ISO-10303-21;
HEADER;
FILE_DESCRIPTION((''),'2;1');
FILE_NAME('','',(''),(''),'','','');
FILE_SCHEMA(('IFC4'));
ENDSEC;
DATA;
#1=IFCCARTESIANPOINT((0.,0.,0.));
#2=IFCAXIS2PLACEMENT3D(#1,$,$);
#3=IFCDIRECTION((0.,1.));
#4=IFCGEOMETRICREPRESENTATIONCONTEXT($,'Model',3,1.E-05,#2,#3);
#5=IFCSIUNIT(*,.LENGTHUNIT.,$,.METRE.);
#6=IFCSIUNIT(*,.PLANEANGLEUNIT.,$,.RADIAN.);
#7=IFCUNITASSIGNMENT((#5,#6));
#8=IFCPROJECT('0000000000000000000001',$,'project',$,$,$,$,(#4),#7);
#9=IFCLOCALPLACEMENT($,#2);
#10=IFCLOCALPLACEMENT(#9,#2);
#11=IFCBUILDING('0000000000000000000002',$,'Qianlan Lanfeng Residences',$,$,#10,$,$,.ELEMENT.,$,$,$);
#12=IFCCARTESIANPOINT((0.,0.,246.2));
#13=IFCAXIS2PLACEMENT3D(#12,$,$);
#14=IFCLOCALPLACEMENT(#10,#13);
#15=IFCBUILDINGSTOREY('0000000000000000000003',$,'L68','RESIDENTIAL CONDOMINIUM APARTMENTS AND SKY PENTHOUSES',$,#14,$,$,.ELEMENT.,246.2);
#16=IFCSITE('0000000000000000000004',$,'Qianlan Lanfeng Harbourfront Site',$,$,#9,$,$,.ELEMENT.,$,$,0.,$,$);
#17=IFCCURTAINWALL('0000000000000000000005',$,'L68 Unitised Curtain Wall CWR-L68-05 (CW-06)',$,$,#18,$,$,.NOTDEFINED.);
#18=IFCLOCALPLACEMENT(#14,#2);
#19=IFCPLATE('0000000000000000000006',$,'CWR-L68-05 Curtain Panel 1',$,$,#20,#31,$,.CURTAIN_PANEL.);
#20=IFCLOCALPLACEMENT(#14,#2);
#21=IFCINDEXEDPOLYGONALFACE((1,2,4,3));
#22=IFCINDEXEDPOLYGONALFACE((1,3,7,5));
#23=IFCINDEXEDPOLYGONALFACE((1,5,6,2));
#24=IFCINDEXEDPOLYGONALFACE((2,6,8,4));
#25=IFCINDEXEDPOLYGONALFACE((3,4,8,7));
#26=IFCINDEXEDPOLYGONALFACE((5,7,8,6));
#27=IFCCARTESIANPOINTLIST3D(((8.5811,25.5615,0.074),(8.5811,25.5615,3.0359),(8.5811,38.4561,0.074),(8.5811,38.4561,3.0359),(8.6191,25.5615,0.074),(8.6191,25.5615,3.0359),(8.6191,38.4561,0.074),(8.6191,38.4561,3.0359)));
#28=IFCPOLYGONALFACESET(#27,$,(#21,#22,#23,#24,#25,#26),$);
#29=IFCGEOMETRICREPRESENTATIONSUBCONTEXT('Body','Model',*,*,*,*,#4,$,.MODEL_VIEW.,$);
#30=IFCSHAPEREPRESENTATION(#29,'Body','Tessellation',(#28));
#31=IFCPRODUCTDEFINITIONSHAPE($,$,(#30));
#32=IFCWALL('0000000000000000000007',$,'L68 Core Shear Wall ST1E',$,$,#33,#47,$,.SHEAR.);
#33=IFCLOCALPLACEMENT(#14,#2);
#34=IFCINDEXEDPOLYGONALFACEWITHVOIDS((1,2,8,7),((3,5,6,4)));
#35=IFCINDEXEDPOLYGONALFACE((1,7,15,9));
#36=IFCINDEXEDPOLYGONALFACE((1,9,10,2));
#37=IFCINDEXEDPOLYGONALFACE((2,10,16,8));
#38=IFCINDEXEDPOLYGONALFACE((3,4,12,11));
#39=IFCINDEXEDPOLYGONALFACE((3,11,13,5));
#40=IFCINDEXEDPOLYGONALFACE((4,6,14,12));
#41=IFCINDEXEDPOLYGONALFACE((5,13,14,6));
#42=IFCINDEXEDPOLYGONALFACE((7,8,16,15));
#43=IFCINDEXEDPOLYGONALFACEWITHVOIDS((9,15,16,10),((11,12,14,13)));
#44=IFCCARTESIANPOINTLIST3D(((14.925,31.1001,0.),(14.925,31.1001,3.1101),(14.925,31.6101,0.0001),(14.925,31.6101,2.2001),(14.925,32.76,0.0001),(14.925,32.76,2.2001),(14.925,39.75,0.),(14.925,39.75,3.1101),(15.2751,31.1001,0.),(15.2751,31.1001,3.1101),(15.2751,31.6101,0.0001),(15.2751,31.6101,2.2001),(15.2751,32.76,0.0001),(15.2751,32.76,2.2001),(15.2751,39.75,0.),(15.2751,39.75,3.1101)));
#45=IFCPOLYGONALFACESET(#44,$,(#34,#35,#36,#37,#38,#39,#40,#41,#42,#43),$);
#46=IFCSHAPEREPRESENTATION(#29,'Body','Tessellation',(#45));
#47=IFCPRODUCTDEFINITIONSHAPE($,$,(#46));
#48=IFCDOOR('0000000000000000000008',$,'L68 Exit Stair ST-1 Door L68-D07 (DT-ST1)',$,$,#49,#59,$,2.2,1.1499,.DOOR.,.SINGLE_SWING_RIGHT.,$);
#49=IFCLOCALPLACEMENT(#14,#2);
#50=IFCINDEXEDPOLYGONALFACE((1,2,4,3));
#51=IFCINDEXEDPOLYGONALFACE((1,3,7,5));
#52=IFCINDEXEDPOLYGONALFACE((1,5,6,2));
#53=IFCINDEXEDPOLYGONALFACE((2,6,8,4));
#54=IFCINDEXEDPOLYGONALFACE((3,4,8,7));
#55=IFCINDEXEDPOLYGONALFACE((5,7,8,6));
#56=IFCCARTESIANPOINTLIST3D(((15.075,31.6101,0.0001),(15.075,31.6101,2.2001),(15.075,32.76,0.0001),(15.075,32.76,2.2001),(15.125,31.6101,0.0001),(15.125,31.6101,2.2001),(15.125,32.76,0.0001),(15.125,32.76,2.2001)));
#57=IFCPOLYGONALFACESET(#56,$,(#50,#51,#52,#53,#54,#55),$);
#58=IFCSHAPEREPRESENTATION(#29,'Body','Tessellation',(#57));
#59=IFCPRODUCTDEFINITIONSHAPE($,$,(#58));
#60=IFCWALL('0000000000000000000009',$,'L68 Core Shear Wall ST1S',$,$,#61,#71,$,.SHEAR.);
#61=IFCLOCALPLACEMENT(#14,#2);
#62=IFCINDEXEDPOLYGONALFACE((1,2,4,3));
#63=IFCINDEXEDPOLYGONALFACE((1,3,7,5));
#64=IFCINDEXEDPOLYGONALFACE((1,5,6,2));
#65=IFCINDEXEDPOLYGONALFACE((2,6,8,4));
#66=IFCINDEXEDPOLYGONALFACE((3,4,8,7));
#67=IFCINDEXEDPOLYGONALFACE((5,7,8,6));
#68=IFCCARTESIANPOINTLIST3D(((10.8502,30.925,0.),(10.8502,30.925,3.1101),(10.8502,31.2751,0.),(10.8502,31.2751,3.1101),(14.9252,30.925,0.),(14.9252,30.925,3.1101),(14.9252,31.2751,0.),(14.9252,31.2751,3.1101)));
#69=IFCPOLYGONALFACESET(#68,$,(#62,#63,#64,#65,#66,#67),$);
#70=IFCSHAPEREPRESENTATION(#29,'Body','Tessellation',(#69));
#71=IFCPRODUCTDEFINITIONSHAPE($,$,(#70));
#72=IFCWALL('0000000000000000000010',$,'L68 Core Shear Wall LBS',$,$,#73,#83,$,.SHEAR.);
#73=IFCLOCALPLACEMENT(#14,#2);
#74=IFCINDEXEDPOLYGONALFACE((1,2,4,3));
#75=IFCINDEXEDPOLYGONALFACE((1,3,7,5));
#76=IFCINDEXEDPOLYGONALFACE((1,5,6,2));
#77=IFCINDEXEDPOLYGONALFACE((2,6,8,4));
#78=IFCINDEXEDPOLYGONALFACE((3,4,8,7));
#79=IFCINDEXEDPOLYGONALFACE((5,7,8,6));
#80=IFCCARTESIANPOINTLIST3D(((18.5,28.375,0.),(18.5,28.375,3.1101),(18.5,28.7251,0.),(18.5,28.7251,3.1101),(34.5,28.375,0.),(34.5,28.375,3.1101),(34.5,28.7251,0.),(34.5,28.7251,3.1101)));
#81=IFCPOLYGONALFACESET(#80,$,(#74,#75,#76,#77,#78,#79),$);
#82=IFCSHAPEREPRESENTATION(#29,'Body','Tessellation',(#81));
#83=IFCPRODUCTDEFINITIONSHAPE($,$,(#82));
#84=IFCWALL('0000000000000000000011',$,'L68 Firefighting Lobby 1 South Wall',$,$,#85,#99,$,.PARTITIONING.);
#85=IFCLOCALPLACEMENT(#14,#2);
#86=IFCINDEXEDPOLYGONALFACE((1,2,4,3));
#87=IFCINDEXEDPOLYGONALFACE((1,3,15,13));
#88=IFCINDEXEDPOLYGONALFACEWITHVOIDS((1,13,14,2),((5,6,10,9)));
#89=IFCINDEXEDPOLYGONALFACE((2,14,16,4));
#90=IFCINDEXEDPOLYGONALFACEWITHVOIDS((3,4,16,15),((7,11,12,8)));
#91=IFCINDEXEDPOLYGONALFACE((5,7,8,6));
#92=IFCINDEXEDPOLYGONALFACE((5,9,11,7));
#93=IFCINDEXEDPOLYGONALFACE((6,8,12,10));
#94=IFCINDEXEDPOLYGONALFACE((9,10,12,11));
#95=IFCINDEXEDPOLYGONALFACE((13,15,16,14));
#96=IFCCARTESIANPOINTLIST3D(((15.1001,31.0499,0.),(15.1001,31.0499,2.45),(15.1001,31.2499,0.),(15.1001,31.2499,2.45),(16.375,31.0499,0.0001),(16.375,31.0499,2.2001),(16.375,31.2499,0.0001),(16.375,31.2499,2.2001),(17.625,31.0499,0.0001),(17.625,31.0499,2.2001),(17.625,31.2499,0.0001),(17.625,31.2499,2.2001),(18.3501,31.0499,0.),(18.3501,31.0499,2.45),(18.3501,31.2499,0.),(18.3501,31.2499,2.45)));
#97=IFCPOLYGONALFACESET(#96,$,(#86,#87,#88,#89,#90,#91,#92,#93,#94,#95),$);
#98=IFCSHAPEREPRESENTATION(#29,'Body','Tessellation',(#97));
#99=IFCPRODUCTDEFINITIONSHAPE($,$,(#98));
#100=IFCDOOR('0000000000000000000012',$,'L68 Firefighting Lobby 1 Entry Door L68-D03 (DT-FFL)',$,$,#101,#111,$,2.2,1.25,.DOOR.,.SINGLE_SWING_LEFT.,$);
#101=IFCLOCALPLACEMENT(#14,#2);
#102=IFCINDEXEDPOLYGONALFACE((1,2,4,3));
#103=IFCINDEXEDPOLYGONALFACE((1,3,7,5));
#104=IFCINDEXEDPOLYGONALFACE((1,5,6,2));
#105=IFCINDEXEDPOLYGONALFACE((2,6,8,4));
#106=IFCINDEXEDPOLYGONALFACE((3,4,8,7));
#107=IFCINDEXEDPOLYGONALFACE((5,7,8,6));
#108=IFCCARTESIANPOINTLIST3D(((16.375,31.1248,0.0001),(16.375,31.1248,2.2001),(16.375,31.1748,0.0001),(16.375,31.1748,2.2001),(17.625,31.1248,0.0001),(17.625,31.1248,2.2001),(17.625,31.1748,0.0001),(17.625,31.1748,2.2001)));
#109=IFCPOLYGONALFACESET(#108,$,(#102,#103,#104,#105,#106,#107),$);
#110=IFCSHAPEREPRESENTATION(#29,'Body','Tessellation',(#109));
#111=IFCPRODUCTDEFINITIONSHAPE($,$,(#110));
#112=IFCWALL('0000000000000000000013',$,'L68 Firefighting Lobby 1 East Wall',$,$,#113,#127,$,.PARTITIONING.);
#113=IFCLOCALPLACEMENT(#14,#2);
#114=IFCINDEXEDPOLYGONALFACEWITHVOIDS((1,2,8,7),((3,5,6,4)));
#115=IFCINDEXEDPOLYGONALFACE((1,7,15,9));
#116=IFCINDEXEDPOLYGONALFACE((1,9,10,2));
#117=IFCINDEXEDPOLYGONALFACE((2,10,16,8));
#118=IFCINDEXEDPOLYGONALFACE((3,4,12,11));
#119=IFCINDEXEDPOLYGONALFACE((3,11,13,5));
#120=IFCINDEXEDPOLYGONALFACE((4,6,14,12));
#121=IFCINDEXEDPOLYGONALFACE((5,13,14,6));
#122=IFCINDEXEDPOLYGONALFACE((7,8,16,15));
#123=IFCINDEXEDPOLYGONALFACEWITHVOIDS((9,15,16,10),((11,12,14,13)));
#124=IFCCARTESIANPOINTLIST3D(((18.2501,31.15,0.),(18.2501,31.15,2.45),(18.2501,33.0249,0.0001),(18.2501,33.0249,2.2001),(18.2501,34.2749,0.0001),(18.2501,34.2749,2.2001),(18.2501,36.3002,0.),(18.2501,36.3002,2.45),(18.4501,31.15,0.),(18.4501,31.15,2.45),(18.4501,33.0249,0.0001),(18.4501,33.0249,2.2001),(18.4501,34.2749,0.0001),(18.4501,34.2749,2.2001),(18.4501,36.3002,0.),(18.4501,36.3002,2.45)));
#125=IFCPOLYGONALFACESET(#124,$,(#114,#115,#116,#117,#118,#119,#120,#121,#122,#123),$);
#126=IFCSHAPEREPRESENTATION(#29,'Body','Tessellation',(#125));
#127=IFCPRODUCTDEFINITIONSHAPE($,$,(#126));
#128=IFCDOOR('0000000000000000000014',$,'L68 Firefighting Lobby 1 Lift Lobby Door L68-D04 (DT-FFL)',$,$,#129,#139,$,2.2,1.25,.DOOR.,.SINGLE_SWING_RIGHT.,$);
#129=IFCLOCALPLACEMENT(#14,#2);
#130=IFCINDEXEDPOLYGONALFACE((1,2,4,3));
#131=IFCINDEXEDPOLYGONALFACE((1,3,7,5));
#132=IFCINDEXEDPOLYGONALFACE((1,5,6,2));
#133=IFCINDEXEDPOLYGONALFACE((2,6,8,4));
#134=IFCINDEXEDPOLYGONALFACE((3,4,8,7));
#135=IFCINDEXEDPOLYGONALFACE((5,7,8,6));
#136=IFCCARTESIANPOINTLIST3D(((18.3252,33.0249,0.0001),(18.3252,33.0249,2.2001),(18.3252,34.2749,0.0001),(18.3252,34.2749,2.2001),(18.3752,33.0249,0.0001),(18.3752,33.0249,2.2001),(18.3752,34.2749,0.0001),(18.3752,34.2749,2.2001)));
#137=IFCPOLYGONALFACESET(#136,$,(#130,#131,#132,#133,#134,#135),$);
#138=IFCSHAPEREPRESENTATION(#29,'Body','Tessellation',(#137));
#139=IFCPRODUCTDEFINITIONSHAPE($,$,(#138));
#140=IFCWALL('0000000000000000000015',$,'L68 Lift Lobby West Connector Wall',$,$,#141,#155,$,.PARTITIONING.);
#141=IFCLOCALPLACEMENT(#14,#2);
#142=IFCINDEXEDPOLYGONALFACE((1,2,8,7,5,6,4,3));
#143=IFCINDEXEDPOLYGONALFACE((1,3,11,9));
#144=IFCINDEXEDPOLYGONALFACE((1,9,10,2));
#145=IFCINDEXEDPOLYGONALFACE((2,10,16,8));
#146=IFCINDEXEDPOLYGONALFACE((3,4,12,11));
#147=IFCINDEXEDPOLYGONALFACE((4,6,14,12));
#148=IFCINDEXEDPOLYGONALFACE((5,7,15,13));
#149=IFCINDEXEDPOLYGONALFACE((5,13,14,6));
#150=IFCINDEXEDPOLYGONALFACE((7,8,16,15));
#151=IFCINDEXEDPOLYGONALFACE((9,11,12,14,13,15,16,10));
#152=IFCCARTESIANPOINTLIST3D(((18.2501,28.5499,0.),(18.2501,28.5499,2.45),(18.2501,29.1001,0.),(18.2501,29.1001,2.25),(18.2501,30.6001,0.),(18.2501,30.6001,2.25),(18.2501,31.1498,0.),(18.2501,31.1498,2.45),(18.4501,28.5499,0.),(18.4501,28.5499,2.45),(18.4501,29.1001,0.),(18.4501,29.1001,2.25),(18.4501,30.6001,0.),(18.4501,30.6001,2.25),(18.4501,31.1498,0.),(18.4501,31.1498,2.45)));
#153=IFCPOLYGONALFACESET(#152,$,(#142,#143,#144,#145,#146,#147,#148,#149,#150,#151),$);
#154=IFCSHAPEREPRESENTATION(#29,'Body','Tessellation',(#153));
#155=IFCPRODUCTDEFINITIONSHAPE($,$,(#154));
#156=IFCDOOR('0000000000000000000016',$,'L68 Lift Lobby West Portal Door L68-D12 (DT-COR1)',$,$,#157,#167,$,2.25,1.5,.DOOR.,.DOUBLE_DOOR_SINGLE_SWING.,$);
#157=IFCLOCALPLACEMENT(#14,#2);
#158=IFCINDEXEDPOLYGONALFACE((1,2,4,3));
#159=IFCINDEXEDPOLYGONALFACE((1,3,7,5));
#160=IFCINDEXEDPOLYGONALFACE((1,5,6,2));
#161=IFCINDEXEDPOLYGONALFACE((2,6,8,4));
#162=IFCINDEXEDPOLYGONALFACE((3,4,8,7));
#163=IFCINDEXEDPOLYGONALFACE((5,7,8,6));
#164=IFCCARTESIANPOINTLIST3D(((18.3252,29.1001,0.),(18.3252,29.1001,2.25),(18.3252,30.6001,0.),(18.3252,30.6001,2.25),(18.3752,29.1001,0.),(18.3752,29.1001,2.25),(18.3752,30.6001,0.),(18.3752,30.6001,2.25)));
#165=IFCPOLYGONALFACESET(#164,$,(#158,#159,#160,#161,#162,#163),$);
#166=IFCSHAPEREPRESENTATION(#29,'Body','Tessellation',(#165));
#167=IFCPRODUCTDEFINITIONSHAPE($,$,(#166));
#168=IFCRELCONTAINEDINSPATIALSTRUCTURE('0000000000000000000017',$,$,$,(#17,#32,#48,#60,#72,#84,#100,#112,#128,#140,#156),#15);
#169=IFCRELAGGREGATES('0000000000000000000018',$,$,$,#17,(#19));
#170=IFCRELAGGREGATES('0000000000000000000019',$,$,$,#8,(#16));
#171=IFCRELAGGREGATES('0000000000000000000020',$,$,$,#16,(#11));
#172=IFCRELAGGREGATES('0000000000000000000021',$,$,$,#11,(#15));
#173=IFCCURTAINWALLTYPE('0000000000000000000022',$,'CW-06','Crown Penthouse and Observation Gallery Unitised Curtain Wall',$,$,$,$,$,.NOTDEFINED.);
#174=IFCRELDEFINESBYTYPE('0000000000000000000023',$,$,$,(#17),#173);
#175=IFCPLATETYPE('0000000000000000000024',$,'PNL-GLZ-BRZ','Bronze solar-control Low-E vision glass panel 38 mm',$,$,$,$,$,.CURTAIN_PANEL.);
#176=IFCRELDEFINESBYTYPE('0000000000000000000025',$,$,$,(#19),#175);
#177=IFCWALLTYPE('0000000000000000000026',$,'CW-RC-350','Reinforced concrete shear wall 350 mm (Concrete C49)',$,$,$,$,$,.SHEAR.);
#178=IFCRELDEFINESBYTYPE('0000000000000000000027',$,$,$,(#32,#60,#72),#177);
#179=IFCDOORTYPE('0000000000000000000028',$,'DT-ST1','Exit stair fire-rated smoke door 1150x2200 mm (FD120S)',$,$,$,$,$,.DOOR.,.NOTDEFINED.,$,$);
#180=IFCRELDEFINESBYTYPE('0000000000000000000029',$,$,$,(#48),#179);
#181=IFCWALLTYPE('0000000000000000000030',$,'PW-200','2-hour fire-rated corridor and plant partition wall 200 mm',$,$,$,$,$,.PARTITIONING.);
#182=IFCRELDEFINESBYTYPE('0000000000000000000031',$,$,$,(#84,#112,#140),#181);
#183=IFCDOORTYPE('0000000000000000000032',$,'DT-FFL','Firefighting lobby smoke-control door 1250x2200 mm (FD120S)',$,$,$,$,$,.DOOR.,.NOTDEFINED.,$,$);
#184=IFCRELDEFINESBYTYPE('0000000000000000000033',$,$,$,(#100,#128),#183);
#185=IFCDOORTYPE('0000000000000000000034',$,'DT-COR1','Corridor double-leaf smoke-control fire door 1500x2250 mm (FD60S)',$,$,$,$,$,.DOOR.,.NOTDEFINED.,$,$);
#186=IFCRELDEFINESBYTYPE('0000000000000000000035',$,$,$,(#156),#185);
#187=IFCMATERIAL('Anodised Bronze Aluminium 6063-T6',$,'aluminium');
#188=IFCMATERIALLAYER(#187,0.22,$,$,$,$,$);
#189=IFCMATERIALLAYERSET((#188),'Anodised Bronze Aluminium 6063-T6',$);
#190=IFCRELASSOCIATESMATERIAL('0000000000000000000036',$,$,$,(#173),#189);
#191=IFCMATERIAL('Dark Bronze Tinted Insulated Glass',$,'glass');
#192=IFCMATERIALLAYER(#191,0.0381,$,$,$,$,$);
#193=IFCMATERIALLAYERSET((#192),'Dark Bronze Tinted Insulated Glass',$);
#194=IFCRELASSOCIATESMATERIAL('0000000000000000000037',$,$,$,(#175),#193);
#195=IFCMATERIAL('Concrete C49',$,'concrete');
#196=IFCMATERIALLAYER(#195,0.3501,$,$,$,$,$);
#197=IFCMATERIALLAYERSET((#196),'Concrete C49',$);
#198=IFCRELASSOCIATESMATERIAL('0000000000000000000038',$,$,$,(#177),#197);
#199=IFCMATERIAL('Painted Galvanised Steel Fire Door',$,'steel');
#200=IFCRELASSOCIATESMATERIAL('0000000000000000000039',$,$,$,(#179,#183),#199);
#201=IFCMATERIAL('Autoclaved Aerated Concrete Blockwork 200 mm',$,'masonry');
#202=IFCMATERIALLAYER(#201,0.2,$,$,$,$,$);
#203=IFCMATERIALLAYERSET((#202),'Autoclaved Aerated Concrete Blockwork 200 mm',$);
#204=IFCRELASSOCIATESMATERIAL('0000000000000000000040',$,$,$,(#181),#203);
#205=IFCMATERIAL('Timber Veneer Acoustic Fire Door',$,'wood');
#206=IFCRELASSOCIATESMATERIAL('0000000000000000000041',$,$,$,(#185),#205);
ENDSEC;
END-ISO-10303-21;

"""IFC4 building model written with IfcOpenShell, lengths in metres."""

from ifc_helpers import new_model, si_unit, direction, frame, frame_2d, origin, origin_2d, place, context, subcontext, project, spatial, rectangle, extrude, source, transform, mapped, material, layer, layer_set, type_object, element, fill, aggregate, save


model = new_model("IFC4")

# Units and contexts
model_context = context("Model", 3, precision=1e-05, world=origin(), true_north=direction((0.0, 1.0)))
body_context = subcontext(model_context, "Body", "Model", "MODEL_VIEW")
ifc_project = project(units=[si_unit("LENGTHUNIT", "METRE"), si_unit("PLANEANGLEUNIT", "RADIAN")], contexts=[model_context])

# Site, building, storey
site_placement = place(None, origin())
site = spatial("IfcSite", under=ifc_project, at=site_placement, Name="Qianlan Lanfeng Harbourfront Site", CompositionType="ELEMENT", RefElevation=0.0)
building_placement = place(site_placement, origin())
building = spatial("IfcBuilding", under=site, at=building_placement, Name="Qianlan Lanfeng Residences", CompositionType="ELEMENT")
storey_placement = place(building_placement, frame((0.0, 0.0, 246.2)))
storey = spatial("IfcBuildingStorey", under=building, at=storey_placement, Name="L68", Description="RESIDENTIAL CONDOMINIUM APARTMENTS AND SKY PENTHOUSES", CompositionType="ELEMENT", Elevation=246.2)

# Curtain wall, plate
ifc_material_1 = material(Name="Anodised Bronze Aluminium 6063-T6", Category="aluminium")
ifc_layer_1 = layer(ifc_material_1, 0.22)
ifc_layer_set_1 = layer_set([ifc_layer_1], Name="Anodised Bronze Aluminium 6063-T6")
curtain_wall_type = type_object("IfcCurtainWallType", Name="CW-06", Description="Crown Penthouse and Observation Gallery Unitised Curtain Wall", PredefinedType="NOTDEFINED", material=ifc_layer_set_1)
curtain_wall_placement = place(storey_placement, origin())
curtain_wall = element("IfcCurtainWall", 1, at=curtain_wall_placement, inside=storey, type_object=curtain_wall_type, Name="L68 Unitised Curtain Wall CWR-L68-05 (CW-06)", PredefinedType="NOTDEFINED")
ifc_material_2 = material(Name="Dark Bronze Tinted Insulated Glass", Category="glass")
ifc_layer_2 = layer(ifc_material_2, 0.0381)
ifc_layer_set_2 = layer_set([ifc_layer_2], Name="Dark Bronze Tinted Insulated Glass")
plate_type = type_object("IfcPlateType", Name="PNL-GLZ-BRZ", Description="Bronze solar-control Low-E vision glass panel 38 mm", PredefinedType="CURTAIN_PANEL", material=ifc_layer_set_2)
shared_shape_1 = source(origin(), body_context, "Body", "SweptSolid", [
    extrude(rectangle(XDim=12.8945, YDim=0.0381, at=origin_2d()), origin(), (0.0, 0.0, 1.0), 2.9619),
])
plate_placement = place(storey_placement, frame((8.6001, 32.0088, 0.074), z_axis=(0.0, 0.0, 1.0), x_axis=(0.0, -1.0, 0.0)))
plate = element("IfcPlate", 2, at=plate_placement, type_object=plate_type, Name="CWR-L68-05 Curtain Panel 1", PredefinedType="CURTAIN_PANEL", context=body_context, shape_type="MappedRepresentation", body=[
    mapped(shared_shape_1, transform((0.0, 0.0, 0.0), scale=1.0)),
])
aggregate(curtain_wall, [plate])

# Wall, opening, door
ifc_material_3 = material(Name="Concrete C49", Category="concrete")
ifc_layer_3 = layer(ifc_material_3, 0.3501)
ifc_layer_set_3 = layer_set([ifc_layer_3], Name="Concrete C49")
wall_type_1 = type_object("IfcWallType", Name="CW-RC-350", Description="Reinforced concrete shear wall 350 mm (Concrete C49)", PredefinedType="SHEAR", material=ifc_layer_set_3)
wall_1_placement = place(storey_placement, frame((15.1001, 31.1001, 0.0), z_axis=(0.0, 0.0, 1.0), x_axis=(0.0, 1.0, 0.0)))
wall_1 = element("IfcWall", 3, at=wall_1_placement, inside=storey, type_object=wall_type_1, Name="L68 Core Shear Wall ST1E", PredefinedType="SHEAR", context=body_context, shape_type="SweptSolid", body=[
    extrude(rectangle(XDim=8.6499, YDim=0.3501, at=frame_2d((4.325, 0.0))), origin(), (0.0, 0.0, 1.0), 3.1101),
])
opening_1_placement = place(wall_1_placement, frame((0.51, 0.0, 0.0)))
opening_1 = element("IfcOpeningElement", 4, at=opening_1_placement, cuts=wall_1, PredefinedType="OPENING", context=body_context, shape_type="SweptSolid", body=[
    extrude(rectangle(XDim=1.1499, YDim=2.2, at=frame_2d((0.575, 1.1001))), frame((0.0, 0.1851, 0.0), z_axis=(0.0, -1.0, 0.0), x_axis=(1.0, 0.0, 0.0)), (0.0, 0.0, 1.0), 0.3701),
])
ifc_material_4 = material(Name="Painted Galvanised Steel Fire Door", Category="steel")
door_type_1 = type_object("IfcDoorType", Name="DT-ST1", Description="Exit stair fire-rated smoke door 1150x2200 mm (FD120S)", OperationType="NOTDEFINED", PredefinedType="DOOR", material=ifc_material_4)
door_1_placement = place(opening_1_placement, frame((1.1499, 0.0, 0.0), z_axis=(0.0, 0.0, 1.0), x_axis=(-1.0, 0.0, 0.0)))
door_1 = element("IfcDoor", 5, at=door_1_placement, inside=storey, type_object=door_type_1, Name="L68 Exit Stair ST-1 Door L68-D07 (DT-ST1)", OperationType="SINGLE_SWING_RIGHT", OverallHeight=2.2, OverallWidth=1.1499, PredefinedType="DOOR", context=body_context, shape_type="SweptSolid", body=[
    extrude(rectangle(XDim=1.1499, YDim=2.2, at=frame_2d((0.575, 1.1001))), frame((0.0, 0.0249, 0.0), z_axis=(0.0, -1.0, 0.0), x_axis=(1.0, 0.0, 0.0)), (0.0, 0.0, 1.0), 0.05),
])
fill(opening_1, door_1)

# Walls
wall_2_placement = place(storey_placement, frame((10.8501, 31.1001, 0.0), z_axis=(0.0, 0.0, 1.0), x_axis=(1.0, 0.0, 0.0)))
element("IfcWall", 6, at=wall_2_placement, inside=storey, type_object=wall_type_1, Name="L68 Core Shear Wall ST1S", PredefinedType="SHEAR", context=body_context, shape_type="SweptSolid", body=[
    extrude(rectangle(XDim=4.075, YDim=0.3501, at=frame_2d((2.0376, 0.0))), origin(), (0.0, 0.0, 1.0), 3.1101),
])
wall_3_placement = place(storey_placement, frame((18.5, 28.55, 0.0), z_axis=(0.0, 0.0, 1.0), x_axis=(1.0, 0.0, 0.0)))
element("IfcWall", 7, at=wall_3_placement, inside=storey, type_object=wall_type_1, Name="L68 Core Shear Wall LBS", PredefinedType="SHEAR", context=body_context, shape_type="SweptSolid", body=[
    extrude(rectangle(XDim=16.0, YDim=0.3501, at=frame_2d((8.0, 0.0))), origin(), (0.0, 0.0, 1.0), 3.1101),
])

# Walls, openings, doors
ifc_material_5 = material(Name="Autoclaved Aerated Concrete Blockwork 200 mm", Category="masonry")
ifc_layer_4 = layer(ifc_material_5, 0.2)
ifc_layer_set_4 = layer_set([ifc_layer_4], Name="Autoclaved Aerated Concrete Blockwork 200 mm")
wall_type_2 = type_object("IfcWallType", Name="PW-200", Description="2-hour fire-rated corridor and plant partition wall 200 mm", PredefinedType="PARTITIONING", material=ifc_layer_set_4)
wall_4_placement = place(storey_placement, frame((15.1001, 31.1499, 0.0), z_axis=(0.0, 0.0, 1.0), x_axis=(1.0, 0.0, 0.0)))
wall_4 = element("IfcWall", 8, at=wall_4_placement, inside=storey, type_object=wall_type_2, Name="L68 Firefighting Lobby 1 South Wall", PredefinedType="PARTITIONING", context=body_context, shape_type="SweptSolid", body=[
    extrude(rectangle(XDim=3.25, YDim=0.2, at=frame_2d((1.625, 0.0))), origin(), (0.0, 0.0, 1.0), 2.45),
])
opening_2_placement = place(wall_4_placement, frame((1.2749, 0.0, 0.0)))
opening_2 = element("IfcOpeningElement", 9, at=opening_2_placement, cuts=wall_4, PredefinedType="OPENING", context=body_context, shape_type="SweptSolid", body=[
    extrude(rectangle(XDim=1.25, YDim=2.2, at=frame_2d((0.625, 1.1001))), frame((0.0, 0.1099, 0.0), z_axis=(0.0, -1.0, 0.0), x_axis=(1.0, 0.0, 0.0)), (0.0, 0.0, 1.0), 0.22),
])
door_type_2 = type_object("IfcDoorType", Name="DT-FFL", Description="Firefighting lobby smoke-control door 1250x2200 mm (FD120S)", OperationType="NOTDEFINED", PredefinedType="DOOR", material=ifc_material_4)
door_2_placement = place(opening_2_placement, origin())
door_2 = element("IfcDoor", 10, at=door_2_placement, inside=storey, type_object=door_type_2, Name="L68 Firefighting Lobby 1 Entry Door L68-D03 (DT-FFL)", OperationType="SINGLE_SWING_LEFT", OverallHeight=2.2, OverallWidth=1.25, PredefinedType="DOOR", context=body_context, shape_type="SweptSolid", body=[
    extrude(rectangle(XDim=1.25, YDim=2.2, at=frame_2d((0.625, 1.1001))), frame((0.0, 0.0249, 0.0), z_axis=(0.0, -1.0, 0.0), x_axis=(1.0, 0.0, 0.0)), (0.0, 0.0, 1.0), 0.05),
])
fill(opening_2, door_2)
wall_5_placement = place(storey_placement, frame((18.3501, 31.1499, 0.0), z_axis=(0.0, 0.0, 1.0), x_axis=(0.0, 1.0, 0.0)))
wall_5 = element("IfcWall", 11, at=wall_5_placement, inside=storey, type_object=wall_type_2, Name="L68 Firefighting Lobby 1 East Wall", PredefinedType="PARTITIONING", context=body_context, shape_type="SweptSolid", body=[
    extrude(rectangle(XDim=5.1501, YDim=0.2, at=frame_2d((2.5752, 0.0))), origin(), (0.0, 0.0, 1.0), 2.45),
])
opening_3_placement = place(wall_5_placement, frame((1.875, 0.0, 0.0)))
opening_3 = element("IfcOpeningElement", 12, at=opening_3_placement, cuts=wall_5, PredefinedType="OPENING", context=body_context, shape_type="SweptSolid", body=[
    extrude(rectangle(XDim=1.25, YDim=2.2, at=frame_2d((0.625, 1.1001))), frame((0.0, 0.1099, 0.0), z_axis=(0.0, -1.0, 0.0), x_axis=(1.0, 0.0, 0.0)), (0.0, 0.0, 1.0), 0.22),
])
door_3_placement = place(opening_3_placement, origin())
door_3 = element("IfcDoor", 13, at=door_3_placement, inside=storey, type_object=door_type_2, Name="L68 Firefighting Lobby 1 Lift Lobby Door L68-D04 (DT-FFL)", OperationType="SINGLE_SWING_RIGHT", OverallHeight=2.2, OverallWidth=1.25, PredefinedType="DOOR", context=body_context, shape_type="SweptSolid", body=[
    extrude(rectangle(XDim=1.25, YDim=2.2, at=frame_2d((0.625, 1.1001))), frame((0.0, 0.0249, 0.0), z_axis=(0.0, -1.0, 0.0), x_axis=(1.0, 0.0, 0.0)), (0.0, 0.0, 1.0), 0.05),
])
fill(opening_3, door_3)
wall_6_placement = place(storey_placement, frame((18.3501, 28.55, 0.0), z_axis=(0.0, 0.0, 1.0), x_axis=(0.0, 1.0, 0.0)))
wall_6 = element("IfcWall", 14, at=wall_6_placement, inside=storey, type_object=wall_type_2, Name="L68 Lift Lobby West Connector Wall", PredefinedType="PARTITIONING", context=body_context, shape_type="SweptSolid", body=[
    extrude(rectangle(XDim=2.5999, YDim=0.2, at=frame_2d((1.2998, 0.0))), origin(), (0.0, 0.0, 1.0), 2.45),
])
opening_4_placement = place(wall_6_placement, frame((0.55, 0.0, 0.0)))
opening_4 = element("IfcOpeningElement", 15, at=opening_4_placement, cuts=wall_6, PredefinedType="OPENING", context=body_context, shape_type="SweptSolid", body=[
    extrude(rectangle(XDim=1.5, YDim=2.25, at=frame_2d((0.75, 1.125))), frame((0.0, 0.1099, 0.0), z_axis=(0.0, -1.0, 0.0), x_axis=(1.0, 0.0, 0.0)), (0.0, 0.0, 1.0), 0.22),
])
ifc_material_6 = material(Name="Timber Veneer Acoustic Fire Door", Category="wood")
door_type_3 = type_object("IfcDoorType", Name="DT-COR1", Description="Corridor double-leaf smoke-control fire door 1500x2250 mm (FD60S)", OperationType="NOTDEFINED", PredefinedType="DOOR", material=ifc_material_6)
door_4_placement = place(opening_4_placement, origin())
door_4 = element("IfcDoor", 16, at=door_4_placement, inside=storey, type_object=door_type_3, Name="L68 Lift Lobby West Portal Door L68-D12 (DT-COR1)", OperationType="DOUBLE_DOOR_SINGLE_SWING", OverallHeight=2.25, OverallWidth=1.5, PredefinedType="DOOR", context=body_context, shape_type="SweptSolid", body=[
    extrude(rectangle(XDim=1.5, YDim=2.25, at=frame_2d((0.75, 1.125))), frame((0.0, 0.0249, 0.0), z_axis=(0.0, -1.0, 0.0), x_axis=(1.0, 0.0, 0.0)), (0.0, 0.0, 1.0), 0.05),
])
fill(opening_4, door_4)

save(model, "model.ifc")
